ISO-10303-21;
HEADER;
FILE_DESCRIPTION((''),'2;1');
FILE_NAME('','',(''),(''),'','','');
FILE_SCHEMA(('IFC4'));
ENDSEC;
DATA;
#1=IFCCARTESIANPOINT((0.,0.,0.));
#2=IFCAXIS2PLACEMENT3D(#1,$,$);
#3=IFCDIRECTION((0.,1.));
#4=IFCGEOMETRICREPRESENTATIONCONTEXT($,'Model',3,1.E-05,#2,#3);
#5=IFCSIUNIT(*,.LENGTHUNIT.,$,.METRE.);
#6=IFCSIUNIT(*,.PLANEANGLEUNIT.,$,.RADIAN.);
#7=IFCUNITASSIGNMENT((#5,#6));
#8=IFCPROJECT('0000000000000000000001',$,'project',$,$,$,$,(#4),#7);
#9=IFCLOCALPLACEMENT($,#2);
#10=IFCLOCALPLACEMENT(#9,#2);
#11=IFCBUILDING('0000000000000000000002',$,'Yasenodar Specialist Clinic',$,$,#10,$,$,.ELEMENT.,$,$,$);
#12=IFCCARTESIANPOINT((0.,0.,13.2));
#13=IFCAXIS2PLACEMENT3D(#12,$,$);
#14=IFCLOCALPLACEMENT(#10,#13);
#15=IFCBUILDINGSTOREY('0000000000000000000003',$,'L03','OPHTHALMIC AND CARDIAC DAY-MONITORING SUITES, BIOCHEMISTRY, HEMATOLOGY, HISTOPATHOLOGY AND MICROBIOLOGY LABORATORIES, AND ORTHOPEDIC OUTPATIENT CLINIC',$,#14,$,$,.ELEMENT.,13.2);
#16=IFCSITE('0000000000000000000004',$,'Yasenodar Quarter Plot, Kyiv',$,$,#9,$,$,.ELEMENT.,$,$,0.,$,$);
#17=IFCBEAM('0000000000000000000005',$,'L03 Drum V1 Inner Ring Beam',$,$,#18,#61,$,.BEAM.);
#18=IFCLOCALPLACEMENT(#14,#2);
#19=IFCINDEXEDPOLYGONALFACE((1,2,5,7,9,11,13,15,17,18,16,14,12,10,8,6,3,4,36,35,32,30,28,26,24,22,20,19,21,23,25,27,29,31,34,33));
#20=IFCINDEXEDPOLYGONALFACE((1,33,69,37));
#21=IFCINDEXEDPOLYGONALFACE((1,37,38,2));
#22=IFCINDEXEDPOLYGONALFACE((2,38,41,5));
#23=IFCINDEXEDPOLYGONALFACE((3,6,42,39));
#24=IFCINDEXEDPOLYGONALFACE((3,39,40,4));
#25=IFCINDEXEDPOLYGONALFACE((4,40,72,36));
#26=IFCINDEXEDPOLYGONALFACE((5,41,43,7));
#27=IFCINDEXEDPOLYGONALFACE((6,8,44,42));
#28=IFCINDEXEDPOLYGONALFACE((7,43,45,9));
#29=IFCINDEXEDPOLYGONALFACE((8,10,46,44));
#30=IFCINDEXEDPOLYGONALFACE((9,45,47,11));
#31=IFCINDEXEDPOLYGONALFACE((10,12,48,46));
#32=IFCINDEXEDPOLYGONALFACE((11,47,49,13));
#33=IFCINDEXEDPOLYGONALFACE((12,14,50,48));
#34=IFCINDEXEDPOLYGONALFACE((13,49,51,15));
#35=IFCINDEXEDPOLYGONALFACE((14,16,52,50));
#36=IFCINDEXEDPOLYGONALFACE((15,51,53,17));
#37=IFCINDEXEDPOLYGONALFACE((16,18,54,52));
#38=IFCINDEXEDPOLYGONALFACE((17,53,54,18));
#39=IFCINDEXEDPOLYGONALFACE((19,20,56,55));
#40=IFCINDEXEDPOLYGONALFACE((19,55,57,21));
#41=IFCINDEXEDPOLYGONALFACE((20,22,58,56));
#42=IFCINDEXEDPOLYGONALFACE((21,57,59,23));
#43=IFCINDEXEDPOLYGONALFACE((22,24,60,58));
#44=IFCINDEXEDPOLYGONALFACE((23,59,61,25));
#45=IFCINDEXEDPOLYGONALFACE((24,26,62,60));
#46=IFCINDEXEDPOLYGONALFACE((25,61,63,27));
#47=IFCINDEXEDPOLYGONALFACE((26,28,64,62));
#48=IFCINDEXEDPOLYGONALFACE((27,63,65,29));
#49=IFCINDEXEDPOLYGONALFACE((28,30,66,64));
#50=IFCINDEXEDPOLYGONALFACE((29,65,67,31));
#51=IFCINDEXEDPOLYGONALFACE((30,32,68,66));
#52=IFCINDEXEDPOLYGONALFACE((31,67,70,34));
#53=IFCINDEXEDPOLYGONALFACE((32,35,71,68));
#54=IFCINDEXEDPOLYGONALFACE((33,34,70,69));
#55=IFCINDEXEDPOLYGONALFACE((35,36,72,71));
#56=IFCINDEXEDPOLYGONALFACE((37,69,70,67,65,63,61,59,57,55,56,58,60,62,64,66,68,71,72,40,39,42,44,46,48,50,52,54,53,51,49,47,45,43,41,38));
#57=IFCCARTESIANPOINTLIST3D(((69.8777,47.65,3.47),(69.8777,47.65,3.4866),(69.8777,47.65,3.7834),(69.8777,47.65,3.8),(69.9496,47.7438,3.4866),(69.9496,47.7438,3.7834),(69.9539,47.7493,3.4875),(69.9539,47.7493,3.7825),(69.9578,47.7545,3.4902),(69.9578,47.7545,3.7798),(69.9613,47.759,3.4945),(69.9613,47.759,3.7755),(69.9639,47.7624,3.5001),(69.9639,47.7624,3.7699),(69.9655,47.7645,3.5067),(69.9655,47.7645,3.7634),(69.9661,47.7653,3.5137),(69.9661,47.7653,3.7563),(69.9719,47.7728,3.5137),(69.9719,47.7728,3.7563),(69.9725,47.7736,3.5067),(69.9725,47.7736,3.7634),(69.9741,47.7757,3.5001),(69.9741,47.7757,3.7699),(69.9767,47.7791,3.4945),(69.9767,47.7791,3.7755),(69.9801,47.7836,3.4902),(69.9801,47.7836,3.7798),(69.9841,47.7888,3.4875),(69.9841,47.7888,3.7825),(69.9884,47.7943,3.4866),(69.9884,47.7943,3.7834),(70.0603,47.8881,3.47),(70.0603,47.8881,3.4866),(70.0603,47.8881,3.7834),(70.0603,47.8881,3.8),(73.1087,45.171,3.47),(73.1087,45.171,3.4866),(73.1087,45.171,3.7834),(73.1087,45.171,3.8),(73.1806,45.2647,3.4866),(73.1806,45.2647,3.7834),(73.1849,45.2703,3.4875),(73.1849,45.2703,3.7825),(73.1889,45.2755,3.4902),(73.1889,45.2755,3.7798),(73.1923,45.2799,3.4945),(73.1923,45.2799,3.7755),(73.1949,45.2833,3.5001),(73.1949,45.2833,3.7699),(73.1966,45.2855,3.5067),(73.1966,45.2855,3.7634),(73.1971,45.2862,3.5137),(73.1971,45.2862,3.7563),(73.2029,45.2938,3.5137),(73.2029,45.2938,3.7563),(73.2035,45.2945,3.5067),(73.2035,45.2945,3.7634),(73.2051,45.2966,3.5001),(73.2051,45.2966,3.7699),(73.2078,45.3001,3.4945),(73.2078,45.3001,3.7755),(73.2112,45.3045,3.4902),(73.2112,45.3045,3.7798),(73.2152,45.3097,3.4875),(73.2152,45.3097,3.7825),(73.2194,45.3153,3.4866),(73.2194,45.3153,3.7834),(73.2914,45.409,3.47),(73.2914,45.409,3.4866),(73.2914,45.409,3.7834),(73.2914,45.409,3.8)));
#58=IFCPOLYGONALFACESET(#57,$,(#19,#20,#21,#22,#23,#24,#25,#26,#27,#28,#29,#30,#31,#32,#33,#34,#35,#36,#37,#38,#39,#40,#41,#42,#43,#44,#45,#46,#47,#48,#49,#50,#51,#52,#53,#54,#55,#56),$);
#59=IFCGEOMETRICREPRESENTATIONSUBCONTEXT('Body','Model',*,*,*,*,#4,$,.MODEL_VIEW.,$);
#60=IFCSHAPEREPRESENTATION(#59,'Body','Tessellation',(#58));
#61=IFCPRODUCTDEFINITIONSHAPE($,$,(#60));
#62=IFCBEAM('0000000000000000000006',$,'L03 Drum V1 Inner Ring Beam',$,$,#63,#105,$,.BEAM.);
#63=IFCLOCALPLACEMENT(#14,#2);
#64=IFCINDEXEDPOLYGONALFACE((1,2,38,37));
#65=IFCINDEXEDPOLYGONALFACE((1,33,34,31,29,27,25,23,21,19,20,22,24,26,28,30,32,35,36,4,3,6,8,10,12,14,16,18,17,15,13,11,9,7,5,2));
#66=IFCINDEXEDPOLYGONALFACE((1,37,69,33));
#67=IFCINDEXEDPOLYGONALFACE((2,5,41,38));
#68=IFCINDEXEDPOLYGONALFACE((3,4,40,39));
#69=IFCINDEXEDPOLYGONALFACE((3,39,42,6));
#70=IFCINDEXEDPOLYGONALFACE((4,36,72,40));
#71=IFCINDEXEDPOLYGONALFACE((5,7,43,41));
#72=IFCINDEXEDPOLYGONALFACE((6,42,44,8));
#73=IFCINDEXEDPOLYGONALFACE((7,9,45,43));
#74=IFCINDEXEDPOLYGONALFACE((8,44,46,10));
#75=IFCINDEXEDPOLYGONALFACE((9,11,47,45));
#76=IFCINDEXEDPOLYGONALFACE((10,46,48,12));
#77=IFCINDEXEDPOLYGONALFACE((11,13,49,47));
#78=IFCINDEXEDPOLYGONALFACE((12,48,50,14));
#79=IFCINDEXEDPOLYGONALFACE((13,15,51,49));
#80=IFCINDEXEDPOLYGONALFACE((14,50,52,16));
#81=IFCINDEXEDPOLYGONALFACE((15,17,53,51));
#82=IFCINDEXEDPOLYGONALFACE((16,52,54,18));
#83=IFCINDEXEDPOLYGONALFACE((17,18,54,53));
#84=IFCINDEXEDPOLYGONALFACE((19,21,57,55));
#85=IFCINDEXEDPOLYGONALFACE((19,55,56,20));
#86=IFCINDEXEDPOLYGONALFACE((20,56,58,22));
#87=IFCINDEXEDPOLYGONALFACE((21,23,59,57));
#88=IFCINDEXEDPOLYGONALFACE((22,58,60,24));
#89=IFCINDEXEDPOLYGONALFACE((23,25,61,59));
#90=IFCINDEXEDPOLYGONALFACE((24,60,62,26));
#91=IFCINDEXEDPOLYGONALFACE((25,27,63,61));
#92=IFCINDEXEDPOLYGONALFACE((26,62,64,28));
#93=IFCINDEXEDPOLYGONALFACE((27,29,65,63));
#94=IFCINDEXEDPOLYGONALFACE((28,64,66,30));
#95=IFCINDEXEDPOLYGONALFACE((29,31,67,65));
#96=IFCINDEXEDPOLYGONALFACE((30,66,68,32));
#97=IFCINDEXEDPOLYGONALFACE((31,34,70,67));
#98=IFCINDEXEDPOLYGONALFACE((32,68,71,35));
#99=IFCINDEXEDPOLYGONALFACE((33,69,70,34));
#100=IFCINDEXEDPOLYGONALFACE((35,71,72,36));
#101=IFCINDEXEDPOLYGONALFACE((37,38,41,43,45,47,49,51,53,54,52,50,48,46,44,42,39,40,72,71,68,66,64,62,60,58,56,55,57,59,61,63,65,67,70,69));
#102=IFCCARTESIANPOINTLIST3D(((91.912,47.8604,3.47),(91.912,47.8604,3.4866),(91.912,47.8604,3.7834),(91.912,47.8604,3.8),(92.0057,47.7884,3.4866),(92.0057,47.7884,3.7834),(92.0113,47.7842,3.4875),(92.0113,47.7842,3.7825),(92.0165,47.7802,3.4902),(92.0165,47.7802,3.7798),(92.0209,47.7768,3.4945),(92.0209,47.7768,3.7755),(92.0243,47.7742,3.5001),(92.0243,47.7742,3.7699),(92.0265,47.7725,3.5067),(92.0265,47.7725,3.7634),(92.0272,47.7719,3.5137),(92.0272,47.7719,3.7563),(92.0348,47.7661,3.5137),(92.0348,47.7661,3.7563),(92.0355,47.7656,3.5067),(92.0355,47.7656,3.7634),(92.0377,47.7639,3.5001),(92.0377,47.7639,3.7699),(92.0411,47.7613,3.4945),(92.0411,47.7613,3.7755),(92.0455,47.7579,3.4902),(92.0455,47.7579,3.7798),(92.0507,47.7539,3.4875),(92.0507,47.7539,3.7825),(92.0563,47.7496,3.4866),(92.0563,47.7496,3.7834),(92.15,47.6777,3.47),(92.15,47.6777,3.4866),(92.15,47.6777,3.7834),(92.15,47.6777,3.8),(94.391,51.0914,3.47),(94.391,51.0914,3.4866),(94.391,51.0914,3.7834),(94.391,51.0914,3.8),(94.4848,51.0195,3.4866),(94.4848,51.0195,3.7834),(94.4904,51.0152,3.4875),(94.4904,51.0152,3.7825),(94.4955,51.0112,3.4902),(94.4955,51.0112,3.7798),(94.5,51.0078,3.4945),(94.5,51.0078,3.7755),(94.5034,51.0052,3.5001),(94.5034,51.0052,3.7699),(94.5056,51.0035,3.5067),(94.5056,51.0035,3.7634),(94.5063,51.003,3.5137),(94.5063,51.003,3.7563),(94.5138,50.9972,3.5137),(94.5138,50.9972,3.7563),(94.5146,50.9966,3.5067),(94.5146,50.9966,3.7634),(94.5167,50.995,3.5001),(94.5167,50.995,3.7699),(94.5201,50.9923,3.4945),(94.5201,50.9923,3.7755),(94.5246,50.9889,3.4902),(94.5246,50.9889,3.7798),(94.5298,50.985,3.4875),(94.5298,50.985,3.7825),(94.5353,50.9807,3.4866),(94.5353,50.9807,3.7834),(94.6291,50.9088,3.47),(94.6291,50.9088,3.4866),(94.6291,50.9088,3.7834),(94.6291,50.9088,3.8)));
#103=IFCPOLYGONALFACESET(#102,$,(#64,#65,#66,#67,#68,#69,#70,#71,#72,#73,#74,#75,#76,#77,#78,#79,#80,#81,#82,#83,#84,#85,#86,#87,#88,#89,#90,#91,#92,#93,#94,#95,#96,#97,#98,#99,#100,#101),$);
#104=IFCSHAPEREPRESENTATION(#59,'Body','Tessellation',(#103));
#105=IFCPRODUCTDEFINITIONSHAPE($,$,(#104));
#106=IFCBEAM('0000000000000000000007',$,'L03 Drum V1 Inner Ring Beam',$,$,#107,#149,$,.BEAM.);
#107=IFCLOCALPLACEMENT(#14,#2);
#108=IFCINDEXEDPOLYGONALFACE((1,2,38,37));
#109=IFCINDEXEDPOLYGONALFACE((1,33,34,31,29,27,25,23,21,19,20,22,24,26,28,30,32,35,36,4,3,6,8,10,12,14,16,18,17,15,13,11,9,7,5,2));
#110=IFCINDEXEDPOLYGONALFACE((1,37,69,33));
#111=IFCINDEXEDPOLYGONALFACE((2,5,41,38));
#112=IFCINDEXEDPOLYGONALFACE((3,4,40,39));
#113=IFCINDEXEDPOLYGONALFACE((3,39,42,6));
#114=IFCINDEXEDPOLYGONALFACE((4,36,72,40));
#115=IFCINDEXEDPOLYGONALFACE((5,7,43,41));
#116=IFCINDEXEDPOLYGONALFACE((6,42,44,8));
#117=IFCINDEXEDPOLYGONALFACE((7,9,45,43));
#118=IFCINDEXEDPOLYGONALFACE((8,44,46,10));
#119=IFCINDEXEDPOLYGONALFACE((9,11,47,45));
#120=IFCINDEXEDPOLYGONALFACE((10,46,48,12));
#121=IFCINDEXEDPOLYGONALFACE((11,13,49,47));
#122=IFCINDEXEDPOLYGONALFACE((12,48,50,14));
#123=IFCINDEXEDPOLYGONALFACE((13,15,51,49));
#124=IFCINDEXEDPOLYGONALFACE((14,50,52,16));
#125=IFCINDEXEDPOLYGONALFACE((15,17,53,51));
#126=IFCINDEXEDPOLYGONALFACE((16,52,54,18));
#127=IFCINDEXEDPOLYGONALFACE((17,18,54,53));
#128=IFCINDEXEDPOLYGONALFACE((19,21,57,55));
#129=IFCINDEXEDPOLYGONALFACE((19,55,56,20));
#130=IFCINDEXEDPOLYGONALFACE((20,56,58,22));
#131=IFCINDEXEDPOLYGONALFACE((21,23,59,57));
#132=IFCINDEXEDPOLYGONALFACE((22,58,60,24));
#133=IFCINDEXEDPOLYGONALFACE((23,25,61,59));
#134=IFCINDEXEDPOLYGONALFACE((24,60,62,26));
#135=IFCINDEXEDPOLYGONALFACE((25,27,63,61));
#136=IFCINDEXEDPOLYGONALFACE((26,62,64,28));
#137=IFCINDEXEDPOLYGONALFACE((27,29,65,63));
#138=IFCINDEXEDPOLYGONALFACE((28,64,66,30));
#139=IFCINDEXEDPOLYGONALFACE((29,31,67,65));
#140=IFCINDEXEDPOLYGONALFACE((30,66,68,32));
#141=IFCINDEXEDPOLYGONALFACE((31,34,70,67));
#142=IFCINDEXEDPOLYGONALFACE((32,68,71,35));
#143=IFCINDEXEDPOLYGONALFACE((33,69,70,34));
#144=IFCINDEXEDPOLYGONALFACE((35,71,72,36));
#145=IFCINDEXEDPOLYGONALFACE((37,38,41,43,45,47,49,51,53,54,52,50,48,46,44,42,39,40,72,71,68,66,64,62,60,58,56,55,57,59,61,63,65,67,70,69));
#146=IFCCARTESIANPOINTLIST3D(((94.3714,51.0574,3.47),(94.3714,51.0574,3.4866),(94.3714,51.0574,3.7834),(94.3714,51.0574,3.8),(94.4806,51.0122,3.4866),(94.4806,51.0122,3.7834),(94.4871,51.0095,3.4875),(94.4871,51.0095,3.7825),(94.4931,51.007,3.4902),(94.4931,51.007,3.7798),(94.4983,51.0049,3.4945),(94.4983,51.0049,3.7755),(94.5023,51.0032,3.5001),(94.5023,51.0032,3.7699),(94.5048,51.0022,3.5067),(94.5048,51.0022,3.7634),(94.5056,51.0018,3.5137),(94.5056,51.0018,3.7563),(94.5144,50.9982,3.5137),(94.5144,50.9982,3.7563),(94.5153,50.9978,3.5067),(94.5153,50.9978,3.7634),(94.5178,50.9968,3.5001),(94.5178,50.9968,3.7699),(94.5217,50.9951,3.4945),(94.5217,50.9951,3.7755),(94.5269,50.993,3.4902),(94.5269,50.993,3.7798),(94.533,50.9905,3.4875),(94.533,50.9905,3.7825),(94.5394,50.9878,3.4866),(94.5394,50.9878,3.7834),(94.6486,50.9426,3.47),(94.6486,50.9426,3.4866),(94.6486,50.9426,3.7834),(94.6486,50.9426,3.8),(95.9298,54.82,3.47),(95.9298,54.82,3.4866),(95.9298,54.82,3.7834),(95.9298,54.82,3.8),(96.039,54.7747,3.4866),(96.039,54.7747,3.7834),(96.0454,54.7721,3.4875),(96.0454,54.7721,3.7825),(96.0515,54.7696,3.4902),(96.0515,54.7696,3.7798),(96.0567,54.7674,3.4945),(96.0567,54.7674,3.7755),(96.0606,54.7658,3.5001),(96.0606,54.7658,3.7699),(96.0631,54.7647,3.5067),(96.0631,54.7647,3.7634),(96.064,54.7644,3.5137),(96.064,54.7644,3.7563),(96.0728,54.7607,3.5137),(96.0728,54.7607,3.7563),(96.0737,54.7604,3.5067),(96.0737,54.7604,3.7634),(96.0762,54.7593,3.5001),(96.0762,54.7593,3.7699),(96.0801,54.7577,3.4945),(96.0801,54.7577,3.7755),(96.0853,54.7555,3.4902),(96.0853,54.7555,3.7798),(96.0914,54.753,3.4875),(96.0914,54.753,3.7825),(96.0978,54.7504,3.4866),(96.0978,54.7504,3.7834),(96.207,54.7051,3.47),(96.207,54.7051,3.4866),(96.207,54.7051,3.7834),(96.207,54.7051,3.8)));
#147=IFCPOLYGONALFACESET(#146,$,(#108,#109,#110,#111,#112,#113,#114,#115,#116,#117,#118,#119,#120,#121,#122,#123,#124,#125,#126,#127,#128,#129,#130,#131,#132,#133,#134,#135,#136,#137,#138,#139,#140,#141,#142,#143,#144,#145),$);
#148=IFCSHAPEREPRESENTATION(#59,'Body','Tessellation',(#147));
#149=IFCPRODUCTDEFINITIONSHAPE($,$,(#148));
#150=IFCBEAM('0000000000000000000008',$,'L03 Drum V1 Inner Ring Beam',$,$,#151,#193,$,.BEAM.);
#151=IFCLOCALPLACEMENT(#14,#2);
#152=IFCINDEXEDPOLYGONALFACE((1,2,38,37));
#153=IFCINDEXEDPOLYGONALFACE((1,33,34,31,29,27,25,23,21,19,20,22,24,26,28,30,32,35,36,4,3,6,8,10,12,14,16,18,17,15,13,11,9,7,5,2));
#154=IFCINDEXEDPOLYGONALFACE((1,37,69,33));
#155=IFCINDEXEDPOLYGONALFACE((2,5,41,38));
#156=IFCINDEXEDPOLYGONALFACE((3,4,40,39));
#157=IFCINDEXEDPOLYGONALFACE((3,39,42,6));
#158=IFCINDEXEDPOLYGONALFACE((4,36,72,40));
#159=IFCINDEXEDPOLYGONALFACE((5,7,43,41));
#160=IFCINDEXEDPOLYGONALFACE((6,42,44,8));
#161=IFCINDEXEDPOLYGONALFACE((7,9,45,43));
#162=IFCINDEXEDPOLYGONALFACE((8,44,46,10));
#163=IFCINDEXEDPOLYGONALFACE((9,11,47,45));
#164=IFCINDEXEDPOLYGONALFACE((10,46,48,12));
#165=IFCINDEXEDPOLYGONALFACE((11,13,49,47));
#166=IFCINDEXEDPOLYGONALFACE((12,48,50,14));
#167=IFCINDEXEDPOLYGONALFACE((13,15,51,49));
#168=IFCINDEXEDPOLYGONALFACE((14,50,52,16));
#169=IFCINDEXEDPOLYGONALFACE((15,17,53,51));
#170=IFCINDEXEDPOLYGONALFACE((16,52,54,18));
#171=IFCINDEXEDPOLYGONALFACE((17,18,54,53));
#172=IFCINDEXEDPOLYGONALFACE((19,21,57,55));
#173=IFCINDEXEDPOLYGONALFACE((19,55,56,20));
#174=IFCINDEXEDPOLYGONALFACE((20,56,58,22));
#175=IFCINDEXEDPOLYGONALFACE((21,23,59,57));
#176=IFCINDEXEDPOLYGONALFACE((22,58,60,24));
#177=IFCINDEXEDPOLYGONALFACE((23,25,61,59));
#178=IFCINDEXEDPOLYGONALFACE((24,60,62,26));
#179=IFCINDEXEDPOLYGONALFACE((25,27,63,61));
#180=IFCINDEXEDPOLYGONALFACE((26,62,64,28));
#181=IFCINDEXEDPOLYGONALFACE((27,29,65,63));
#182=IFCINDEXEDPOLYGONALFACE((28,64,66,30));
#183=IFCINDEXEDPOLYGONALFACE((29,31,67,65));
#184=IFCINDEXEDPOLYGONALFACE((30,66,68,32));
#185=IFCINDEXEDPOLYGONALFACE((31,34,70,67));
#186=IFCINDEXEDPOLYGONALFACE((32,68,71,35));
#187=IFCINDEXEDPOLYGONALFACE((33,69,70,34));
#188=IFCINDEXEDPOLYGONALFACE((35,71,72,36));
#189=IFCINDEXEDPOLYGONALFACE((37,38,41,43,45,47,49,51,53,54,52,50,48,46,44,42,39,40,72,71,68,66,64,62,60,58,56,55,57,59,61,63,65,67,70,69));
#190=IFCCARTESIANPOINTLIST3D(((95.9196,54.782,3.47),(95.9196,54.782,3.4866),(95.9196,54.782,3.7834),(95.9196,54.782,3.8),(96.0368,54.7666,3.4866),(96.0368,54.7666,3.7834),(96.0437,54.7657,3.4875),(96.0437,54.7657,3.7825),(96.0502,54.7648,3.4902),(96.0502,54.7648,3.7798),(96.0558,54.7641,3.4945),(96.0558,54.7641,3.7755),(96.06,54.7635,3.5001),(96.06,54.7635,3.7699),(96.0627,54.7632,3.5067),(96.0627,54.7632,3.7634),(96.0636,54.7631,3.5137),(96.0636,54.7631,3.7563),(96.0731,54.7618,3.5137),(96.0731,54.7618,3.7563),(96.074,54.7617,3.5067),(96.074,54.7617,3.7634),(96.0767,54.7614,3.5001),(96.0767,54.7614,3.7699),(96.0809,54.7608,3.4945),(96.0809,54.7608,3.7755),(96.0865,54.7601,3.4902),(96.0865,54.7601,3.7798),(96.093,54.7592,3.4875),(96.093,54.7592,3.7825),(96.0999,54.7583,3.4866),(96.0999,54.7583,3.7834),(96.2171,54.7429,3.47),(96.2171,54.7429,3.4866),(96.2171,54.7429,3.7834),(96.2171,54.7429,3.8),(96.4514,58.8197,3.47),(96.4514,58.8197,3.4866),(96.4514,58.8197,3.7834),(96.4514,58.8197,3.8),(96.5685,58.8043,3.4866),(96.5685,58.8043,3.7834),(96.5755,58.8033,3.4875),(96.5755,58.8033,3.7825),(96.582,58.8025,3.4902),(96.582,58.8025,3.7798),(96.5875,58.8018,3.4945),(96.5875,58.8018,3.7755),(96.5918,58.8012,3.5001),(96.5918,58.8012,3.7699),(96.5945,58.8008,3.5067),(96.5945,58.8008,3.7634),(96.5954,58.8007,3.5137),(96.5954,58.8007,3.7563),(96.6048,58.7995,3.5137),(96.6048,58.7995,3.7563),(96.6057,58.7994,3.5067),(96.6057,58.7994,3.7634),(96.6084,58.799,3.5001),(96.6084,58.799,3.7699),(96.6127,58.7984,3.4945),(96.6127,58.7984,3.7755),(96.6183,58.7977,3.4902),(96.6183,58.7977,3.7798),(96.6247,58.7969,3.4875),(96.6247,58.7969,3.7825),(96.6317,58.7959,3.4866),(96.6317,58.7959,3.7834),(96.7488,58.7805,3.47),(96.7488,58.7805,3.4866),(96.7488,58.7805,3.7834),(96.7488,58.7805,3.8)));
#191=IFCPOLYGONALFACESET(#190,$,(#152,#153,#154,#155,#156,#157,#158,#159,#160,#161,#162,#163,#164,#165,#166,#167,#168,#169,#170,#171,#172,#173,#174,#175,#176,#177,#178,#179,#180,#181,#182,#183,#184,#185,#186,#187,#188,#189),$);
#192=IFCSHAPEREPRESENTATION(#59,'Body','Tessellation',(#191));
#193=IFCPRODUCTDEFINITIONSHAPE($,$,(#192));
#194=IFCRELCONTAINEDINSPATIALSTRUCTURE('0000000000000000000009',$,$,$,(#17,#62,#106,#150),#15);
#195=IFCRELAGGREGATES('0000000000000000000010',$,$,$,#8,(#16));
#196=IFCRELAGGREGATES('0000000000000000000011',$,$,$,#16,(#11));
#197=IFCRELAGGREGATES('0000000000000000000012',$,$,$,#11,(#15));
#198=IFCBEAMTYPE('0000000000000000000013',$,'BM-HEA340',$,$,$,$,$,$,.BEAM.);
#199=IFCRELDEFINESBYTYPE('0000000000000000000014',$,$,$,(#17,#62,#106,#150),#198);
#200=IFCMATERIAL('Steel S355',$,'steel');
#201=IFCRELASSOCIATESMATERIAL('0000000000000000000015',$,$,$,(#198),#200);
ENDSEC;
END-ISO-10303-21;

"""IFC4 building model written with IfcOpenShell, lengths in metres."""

from ifc_helpers import new_model, si_unit, direction, frame, origin, origin_2d, place, context, subcontext, project, spatial, i_section, extrude, material, material_profile, profile_set, type_object, element, save


model = new_model("IFC4")

# Units and contexts
model_context = context("Model", 3, precision=1e-05, world=origin(), true_north=direction((0.0, 1.0)))
body_context = subcontext(model_context, "Body", "Model", "MODEL_VIEW")
ifc_project = project(units=[si_unit("LENGTHUNIT", "METRE"), si_unit("PLANEANGLEUNIT", "RADIAN")], contexts=[model_context])

# Site, building, storey
site_placement = place(None, origin())
site = spatial("IfcSite", under=ifc_project, at=site_placement, Name="Yasenodar Quarter Plot, Kyiv", CompositionType="ELEMENT", RefElevation=0.0)
building_placement = place(site_placement, origin())
building = spatial("IfcBuilding", under=site, at=building_placement, Name="Yasenodar Specialist Clinic", CompositionType="ELEMENT")
storey_placement = place(building_placement, frame((0.0, 0.0, 13.2)))
storey = spatial("IfcBuildingStorey", under=building, at=storey_placement, Name="L03", Description="OPHTHALMIC AND CARDIAC DAY-MONITORING SUITES, BIOCHEMISTRY, HEMATOLOGY, HISTOPATHOLOGY AND MICROBIOLOGY LABORATORIES, AND ORTHOPEDIC OUTPATIENT CLINIC", CompositionType="ELEMENT", Elevation=13.2)

# Shared definitions
ifc_material_1 = material(Name="Steel S355", Category="steel")

# Beams
ifc_material_profile_1 = material_profile(ifc_material_1, i_section(OverallWidth=0.3, OverallDepth=0.3301, WebThickness=0.0095, FlangeThickness=0.0166, FilletRadius=0.0271, at=origin_2d()), Name="HEA 340")
ifc_profile_set_1 = profile_set([ifc_material_profile_1], Name="Steel S355")
beam_type_1 = type_object("IfcBeamType", Name="BM-HEA340", PredefinedType="BEAM", material=ifc_profile_set_1)
for number, where, z_axis, x_axis, name in (
    (1, (69.969, 47.769, 3.635), (0.793377, -0.608731, 0.0), (0.608731, 0.793377, 0.0), "L03 Drum V1 Inner Ring Beam"),
    (2, (92.031, 47.769, 3.635), (0.608731, 0.793377, 0.0), (-0.793377, 0.608731, 0.0), "L03 Drum V1 Inner Ring Beam"),
    (3, (94.51, 51.0, 3.635), (0.382661, 0.923889, 0.0), (-0.923889, 0.382661, 0.0), "L03 Drum V1 Inner Ring Beam"),
    (4, (96.0684, 54.7625, 3.635), (0.130569, 0.991439, 0.0), (-0.991439, 0.130569, 0.0), "L03 Drum V1 Inner Ring Beam"),
):
    element("IfcBeam", number, at=place(storey_placement, frame(where, z_axis=z_axis, x_axis=x_axis)), inside=storey, type_object=beam_type_1, Name=name, PredefinedType="BEAM", context=body_context, shape_type="SweptSolid", body=[
        extrude(i_section(OverallWidth=0.3, OverallDepth=0.3301, WebThickness=0.0095, FlangeThickness=0.0166, FilletRadius=0.0271, at=origin_2d()), origin(), (0.0, 0.0, 1.0), 4.0725),
    ])

save(model, "model.ifc")
